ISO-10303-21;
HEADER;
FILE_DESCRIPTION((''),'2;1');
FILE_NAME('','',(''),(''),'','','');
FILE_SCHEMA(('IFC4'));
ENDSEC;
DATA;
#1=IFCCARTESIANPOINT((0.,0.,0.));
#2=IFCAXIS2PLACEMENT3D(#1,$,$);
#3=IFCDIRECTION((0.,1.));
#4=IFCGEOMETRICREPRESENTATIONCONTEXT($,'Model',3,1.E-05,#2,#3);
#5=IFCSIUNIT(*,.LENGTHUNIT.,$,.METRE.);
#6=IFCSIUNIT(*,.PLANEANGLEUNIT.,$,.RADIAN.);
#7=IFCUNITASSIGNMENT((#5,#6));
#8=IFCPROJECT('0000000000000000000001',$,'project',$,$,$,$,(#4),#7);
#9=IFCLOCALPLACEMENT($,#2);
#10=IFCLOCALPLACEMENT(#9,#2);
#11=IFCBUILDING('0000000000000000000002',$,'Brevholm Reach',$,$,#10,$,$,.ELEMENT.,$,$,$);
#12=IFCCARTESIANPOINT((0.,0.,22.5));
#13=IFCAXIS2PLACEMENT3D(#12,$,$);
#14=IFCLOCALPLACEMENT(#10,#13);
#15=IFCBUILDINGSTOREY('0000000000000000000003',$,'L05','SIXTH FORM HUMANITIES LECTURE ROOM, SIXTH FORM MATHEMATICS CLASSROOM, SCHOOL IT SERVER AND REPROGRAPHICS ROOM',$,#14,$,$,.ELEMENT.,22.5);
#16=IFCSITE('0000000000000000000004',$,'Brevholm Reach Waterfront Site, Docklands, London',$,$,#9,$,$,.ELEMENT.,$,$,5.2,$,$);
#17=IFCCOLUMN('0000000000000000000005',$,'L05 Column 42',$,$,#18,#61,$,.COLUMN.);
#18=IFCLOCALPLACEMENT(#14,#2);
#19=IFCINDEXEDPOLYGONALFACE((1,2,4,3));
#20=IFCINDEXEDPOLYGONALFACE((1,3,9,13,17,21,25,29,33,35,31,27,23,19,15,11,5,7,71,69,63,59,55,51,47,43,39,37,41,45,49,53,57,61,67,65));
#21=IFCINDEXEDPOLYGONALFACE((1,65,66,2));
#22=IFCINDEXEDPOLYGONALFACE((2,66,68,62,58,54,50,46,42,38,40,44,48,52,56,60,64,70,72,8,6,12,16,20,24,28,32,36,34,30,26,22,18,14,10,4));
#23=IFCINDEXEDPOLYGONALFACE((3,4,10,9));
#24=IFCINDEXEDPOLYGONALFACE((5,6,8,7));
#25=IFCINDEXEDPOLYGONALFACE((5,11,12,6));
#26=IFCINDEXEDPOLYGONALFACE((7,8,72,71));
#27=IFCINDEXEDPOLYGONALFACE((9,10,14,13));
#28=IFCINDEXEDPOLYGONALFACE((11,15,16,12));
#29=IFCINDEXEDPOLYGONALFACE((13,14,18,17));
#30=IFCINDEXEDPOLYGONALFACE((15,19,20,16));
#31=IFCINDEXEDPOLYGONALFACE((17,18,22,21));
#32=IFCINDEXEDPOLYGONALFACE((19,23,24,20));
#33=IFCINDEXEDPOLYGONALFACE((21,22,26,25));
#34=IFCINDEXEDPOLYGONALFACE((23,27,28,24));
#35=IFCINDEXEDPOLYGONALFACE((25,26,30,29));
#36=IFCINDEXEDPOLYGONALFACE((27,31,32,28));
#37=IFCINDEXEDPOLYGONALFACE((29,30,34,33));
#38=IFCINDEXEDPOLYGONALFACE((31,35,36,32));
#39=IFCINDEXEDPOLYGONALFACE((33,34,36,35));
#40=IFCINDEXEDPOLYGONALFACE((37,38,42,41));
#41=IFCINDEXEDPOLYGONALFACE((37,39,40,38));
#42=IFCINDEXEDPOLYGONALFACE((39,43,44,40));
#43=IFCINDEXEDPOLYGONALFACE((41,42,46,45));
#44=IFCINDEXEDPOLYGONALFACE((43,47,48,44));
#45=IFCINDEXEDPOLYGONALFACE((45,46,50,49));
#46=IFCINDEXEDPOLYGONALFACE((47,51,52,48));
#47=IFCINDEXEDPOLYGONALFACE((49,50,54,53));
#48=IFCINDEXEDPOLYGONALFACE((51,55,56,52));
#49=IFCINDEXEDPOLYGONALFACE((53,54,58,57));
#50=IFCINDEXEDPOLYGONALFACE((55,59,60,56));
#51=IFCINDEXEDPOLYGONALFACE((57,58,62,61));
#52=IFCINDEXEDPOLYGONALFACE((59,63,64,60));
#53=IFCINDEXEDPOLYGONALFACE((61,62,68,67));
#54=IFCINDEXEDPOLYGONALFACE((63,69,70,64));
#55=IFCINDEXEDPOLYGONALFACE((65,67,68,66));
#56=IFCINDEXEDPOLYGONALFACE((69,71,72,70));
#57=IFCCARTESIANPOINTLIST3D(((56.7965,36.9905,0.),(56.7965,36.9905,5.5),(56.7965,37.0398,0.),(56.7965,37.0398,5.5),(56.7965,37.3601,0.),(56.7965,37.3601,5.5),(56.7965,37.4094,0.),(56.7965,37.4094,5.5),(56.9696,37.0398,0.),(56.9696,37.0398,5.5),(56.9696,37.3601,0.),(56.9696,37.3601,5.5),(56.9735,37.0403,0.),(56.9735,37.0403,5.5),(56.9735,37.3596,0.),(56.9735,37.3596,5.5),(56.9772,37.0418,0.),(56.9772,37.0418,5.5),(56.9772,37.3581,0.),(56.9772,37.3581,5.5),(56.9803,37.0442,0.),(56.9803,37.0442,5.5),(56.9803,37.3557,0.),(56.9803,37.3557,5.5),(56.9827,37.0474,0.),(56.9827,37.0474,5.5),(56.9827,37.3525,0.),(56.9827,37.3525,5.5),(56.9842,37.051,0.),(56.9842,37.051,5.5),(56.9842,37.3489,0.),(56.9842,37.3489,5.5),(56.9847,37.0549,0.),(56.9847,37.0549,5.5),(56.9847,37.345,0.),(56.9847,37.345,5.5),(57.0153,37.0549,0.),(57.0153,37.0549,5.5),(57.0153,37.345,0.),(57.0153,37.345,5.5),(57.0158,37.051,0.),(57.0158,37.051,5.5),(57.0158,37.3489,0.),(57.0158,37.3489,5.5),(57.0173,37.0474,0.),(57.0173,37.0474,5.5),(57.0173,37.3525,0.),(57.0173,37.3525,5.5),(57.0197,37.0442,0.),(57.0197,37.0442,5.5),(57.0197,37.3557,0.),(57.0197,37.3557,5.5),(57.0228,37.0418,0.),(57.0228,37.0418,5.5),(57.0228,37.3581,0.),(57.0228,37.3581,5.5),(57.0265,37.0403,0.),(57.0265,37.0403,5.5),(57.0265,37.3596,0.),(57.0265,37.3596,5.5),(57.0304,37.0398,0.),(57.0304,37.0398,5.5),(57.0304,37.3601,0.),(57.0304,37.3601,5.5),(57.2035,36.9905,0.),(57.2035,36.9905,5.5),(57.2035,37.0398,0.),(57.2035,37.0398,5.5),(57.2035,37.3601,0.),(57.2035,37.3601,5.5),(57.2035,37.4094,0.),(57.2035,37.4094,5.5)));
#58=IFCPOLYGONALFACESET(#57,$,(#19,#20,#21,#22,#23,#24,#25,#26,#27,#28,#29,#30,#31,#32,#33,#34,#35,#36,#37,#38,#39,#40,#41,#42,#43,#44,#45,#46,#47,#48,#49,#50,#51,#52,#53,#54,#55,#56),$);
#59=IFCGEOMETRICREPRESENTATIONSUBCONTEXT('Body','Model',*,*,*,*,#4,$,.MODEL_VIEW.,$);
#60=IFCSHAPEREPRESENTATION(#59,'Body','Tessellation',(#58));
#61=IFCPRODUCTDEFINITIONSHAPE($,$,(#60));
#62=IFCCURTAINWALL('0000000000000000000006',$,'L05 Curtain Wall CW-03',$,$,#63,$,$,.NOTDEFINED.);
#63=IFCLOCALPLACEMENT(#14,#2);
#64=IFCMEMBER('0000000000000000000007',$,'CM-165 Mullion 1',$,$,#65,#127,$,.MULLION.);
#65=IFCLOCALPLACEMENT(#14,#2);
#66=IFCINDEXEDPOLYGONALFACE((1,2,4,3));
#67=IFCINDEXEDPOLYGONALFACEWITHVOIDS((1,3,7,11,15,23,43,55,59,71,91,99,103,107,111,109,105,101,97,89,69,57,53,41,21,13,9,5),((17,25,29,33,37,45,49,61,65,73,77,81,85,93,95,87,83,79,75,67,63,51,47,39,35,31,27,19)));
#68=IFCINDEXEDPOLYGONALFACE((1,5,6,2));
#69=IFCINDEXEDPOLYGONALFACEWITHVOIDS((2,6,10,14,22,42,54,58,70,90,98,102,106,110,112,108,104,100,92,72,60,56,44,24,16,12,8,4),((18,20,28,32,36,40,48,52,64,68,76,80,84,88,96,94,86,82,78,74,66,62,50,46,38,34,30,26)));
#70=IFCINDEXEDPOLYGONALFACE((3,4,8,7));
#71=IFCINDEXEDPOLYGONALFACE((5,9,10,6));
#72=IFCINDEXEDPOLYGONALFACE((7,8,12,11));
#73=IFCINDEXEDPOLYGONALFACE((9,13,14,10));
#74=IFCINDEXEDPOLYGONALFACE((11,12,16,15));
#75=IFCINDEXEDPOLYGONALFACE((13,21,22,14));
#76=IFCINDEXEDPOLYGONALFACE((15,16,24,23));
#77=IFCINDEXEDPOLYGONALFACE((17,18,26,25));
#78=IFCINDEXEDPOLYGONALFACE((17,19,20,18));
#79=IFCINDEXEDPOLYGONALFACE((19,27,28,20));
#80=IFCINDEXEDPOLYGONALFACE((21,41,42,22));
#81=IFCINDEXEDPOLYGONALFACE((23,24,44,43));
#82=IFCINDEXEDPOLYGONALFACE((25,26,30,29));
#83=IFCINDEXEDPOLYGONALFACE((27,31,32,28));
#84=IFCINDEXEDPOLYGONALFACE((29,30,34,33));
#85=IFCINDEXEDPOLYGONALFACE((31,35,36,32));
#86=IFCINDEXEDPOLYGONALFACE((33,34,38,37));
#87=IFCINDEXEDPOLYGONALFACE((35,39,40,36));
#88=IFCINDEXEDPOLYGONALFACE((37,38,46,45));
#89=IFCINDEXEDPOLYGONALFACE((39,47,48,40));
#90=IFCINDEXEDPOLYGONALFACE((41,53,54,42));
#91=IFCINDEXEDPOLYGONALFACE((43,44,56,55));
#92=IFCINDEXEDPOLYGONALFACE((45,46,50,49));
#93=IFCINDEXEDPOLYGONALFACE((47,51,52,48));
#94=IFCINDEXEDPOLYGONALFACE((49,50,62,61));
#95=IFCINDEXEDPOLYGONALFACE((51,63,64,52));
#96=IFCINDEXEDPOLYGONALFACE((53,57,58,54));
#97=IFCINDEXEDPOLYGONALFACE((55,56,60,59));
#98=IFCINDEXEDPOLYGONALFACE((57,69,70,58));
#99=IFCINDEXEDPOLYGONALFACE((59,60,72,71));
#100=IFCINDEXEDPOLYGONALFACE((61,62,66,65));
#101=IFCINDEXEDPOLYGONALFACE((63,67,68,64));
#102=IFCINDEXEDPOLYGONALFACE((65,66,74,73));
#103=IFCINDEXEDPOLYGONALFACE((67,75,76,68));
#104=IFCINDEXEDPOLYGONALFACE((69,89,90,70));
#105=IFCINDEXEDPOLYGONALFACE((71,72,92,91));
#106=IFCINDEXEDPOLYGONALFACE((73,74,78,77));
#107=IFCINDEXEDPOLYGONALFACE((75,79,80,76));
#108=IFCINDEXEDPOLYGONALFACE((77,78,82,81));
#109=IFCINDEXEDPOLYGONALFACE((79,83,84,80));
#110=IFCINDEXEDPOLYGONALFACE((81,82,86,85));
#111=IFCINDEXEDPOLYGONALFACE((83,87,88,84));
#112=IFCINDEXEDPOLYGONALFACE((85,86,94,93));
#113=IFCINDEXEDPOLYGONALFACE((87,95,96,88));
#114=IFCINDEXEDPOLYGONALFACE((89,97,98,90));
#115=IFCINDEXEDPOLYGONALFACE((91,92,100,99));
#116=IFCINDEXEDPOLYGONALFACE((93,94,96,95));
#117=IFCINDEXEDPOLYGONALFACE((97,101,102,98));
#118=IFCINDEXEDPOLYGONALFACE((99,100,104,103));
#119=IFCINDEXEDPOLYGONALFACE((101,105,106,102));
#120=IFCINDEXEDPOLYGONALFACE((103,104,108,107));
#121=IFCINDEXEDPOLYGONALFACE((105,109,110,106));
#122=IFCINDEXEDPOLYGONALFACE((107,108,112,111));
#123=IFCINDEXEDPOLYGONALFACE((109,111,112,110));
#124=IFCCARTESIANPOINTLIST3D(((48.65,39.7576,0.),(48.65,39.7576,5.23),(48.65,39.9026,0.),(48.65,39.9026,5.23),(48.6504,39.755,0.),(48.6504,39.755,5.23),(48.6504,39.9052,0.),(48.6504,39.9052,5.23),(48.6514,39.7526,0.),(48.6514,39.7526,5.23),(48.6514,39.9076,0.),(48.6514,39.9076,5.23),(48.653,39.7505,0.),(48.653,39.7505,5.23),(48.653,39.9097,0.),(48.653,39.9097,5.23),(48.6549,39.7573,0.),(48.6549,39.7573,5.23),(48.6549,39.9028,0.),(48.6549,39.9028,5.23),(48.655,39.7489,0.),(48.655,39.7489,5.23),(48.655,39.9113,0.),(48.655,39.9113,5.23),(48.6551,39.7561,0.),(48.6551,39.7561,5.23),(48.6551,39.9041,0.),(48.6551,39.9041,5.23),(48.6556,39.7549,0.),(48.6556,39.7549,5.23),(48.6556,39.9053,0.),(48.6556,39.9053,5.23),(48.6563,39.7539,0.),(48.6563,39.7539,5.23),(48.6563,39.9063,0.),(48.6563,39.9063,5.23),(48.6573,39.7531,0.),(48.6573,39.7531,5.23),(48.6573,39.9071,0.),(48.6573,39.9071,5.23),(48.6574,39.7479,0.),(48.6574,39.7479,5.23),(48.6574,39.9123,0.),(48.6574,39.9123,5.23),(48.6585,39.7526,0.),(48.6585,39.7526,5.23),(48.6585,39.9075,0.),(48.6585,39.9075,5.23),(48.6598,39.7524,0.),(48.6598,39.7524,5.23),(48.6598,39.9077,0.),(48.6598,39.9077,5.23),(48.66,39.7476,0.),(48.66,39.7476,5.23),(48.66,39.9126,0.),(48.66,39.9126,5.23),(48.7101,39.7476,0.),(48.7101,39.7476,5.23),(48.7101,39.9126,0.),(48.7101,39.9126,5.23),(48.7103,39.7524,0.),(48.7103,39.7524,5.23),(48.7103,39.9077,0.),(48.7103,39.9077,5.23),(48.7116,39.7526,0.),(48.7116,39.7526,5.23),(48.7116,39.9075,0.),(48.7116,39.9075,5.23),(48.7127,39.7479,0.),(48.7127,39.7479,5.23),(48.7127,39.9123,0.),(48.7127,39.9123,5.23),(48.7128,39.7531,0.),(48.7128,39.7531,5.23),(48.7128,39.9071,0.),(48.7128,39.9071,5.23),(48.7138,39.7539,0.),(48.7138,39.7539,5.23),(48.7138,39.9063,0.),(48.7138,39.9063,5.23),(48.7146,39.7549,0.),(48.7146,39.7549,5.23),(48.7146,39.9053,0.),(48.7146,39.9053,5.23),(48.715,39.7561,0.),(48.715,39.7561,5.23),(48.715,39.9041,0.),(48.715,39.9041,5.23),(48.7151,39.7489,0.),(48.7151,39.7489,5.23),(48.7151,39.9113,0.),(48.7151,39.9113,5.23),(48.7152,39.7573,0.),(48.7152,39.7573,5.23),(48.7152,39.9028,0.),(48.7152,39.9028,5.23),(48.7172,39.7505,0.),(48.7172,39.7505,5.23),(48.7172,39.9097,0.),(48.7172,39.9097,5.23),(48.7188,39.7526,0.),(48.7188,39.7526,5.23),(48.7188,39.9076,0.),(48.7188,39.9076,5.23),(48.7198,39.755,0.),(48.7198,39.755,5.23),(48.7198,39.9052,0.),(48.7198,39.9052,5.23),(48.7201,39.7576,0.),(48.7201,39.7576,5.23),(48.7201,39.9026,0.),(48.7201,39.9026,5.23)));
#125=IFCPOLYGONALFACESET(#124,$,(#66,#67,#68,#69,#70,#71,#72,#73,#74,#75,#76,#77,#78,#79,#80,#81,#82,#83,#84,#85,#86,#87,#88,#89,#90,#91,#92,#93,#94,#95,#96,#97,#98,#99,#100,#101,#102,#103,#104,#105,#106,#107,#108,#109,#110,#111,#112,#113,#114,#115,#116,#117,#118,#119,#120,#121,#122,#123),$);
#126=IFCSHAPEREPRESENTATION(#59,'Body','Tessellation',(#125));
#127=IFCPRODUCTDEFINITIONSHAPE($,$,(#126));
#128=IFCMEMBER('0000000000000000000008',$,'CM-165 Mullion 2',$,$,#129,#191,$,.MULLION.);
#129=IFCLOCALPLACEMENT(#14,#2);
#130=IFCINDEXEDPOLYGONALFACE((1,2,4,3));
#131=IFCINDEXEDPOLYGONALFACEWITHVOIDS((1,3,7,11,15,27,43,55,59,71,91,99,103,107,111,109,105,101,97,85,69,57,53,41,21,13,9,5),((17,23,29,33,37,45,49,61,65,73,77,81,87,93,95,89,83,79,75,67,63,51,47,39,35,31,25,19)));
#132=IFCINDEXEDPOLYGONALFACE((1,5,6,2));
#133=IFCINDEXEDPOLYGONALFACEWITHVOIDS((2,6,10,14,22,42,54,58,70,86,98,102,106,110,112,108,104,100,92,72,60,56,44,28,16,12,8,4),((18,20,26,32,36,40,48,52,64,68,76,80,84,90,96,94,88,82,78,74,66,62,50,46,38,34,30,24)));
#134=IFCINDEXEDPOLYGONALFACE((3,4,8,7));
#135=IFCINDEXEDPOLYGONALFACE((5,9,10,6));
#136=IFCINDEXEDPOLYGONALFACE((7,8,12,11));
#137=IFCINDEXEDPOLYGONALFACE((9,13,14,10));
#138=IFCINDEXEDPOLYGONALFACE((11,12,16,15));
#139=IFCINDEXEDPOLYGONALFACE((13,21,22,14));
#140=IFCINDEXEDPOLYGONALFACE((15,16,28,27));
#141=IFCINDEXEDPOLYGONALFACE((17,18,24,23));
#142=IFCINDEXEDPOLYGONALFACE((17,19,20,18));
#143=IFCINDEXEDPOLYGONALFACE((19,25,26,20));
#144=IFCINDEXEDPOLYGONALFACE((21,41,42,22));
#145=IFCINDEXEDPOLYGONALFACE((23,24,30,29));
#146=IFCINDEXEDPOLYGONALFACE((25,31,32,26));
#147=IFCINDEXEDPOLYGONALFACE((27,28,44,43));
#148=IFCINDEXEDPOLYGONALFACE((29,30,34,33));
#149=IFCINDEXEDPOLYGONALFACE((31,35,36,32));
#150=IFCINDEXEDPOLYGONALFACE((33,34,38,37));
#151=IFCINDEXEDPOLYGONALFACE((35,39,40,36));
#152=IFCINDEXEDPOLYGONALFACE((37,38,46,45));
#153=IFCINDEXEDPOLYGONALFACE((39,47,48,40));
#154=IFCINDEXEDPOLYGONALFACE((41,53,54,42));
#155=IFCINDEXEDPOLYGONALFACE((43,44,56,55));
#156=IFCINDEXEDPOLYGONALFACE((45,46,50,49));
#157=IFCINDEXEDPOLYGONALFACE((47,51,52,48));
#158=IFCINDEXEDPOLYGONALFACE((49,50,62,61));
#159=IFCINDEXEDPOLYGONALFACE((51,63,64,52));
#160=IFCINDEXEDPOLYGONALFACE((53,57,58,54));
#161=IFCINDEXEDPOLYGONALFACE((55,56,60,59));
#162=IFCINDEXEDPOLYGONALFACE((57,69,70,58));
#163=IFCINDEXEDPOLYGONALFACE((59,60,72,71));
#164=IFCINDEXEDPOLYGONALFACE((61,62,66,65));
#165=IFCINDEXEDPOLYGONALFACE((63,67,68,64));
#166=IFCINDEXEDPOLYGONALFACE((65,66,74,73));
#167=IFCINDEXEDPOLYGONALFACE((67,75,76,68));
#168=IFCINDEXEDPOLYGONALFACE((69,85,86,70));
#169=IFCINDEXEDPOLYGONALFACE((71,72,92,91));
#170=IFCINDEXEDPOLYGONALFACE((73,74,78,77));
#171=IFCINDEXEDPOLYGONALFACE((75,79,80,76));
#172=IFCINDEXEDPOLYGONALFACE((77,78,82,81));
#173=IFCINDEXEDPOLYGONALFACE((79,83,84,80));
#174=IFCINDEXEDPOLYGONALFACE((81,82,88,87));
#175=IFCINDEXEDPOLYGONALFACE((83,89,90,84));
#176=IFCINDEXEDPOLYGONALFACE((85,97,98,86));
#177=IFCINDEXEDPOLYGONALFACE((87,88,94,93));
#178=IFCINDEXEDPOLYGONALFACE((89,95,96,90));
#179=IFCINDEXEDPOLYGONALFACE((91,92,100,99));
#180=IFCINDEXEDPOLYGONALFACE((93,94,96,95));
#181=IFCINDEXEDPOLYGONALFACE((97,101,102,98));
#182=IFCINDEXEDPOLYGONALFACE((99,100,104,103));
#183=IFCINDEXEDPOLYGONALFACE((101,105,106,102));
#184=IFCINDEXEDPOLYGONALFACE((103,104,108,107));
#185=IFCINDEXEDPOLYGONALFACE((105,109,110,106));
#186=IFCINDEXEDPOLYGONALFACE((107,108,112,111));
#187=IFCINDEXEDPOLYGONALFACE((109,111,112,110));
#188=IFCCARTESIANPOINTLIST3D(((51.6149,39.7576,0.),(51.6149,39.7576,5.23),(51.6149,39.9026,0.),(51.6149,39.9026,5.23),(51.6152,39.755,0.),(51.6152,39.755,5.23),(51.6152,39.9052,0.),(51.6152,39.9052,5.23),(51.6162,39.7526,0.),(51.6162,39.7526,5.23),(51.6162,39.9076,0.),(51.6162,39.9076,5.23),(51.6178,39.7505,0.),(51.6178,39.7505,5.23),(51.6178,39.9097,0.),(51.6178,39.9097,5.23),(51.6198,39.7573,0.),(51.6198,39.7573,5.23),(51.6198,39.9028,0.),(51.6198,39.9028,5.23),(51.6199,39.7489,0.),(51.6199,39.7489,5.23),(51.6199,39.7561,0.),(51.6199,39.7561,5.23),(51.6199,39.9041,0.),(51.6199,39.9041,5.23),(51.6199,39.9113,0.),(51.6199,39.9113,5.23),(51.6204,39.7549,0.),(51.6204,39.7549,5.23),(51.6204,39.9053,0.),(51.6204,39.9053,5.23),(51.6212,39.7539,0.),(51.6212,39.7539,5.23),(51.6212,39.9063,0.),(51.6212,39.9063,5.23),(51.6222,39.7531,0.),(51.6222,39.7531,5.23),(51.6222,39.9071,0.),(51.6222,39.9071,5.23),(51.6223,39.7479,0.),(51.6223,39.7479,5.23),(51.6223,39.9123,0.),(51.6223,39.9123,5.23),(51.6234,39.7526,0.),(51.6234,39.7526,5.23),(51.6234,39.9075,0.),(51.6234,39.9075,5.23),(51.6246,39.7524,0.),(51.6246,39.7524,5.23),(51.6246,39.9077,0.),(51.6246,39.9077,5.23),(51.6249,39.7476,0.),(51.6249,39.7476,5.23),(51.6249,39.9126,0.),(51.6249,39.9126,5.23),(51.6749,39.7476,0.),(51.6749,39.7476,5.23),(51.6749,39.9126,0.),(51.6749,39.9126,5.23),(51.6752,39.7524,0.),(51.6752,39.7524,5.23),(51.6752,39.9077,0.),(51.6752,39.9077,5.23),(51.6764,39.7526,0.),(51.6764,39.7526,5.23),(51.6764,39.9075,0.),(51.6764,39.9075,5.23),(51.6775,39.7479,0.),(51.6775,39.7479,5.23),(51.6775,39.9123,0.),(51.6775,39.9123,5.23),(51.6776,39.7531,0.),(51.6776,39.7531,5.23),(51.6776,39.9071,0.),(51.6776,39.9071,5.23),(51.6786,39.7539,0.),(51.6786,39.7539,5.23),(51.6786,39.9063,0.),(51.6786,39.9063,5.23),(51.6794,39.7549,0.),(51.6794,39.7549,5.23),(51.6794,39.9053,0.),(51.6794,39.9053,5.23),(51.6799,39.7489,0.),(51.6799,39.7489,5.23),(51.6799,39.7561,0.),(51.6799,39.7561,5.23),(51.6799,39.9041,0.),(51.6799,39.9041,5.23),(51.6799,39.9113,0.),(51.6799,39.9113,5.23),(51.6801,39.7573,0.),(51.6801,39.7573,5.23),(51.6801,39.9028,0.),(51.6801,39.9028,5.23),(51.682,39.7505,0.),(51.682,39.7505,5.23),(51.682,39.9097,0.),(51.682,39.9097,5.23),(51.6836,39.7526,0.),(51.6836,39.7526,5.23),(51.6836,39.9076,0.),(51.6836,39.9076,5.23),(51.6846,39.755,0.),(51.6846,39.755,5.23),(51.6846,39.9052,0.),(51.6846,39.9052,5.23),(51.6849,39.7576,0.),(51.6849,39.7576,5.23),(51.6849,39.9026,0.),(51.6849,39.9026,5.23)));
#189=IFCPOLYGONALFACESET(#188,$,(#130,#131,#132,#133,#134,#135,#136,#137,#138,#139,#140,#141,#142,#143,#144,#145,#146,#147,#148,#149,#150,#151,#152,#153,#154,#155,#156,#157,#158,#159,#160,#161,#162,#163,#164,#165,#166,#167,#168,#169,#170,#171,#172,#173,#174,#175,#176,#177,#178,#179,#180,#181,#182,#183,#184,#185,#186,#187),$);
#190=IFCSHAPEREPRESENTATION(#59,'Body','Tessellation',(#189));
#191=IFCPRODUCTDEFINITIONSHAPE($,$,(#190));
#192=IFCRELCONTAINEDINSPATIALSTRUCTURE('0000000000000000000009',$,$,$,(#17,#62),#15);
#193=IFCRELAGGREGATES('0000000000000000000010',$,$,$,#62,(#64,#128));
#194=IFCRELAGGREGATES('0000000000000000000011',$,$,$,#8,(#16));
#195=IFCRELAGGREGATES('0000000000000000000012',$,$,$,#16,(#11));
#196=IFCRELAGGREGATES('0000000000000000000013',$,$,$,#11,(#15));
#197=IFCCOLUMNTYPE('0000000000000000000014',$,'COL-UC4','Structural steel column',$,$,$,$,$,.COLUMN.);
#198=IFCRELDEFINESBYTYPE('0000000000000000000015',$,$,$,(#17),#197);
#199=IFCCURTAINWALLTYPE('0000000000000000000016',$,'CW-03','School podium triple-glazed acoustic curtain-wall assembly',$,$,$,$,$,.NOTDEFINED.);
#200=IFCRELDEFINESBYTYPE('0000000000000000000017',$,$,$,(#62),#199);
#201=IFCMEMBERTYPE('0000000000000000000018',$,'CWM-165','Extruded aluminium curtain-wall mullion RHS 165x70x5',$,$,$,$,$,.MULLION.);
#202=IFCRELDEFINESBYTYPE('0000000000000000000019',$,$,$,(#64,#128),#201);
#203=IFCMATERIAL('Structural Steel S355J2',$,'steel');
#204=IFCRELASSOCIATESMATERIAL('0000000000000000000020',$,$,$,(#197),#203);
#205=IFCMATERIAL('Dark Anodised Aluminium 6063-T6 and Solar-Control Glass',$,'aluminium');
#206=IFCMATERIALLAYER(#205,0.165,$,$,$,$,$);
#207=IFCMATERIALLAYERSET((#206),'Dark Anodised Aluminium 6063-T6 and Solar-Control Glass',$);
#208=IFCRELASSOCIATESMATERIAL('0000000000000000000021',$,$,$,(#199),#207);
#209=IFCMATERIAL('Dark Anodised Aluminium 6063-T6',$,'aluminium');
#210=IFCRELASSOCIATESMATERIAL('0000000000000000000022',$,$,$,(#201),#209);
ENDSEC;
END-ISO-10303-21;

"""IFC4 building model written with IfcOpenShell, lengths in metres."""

from ifc_helpers import new_model, si_unit, direction, frame, origin, origin_2d, place, context, subcontext, project, spatial, hollow_rectangle, i_section, extrude, material, layer, layer_set, material_profile, profile_set, type_object, element, aggregate, save


model = new_model("IFC4")

# Units and contexts
model_context = context("Model", 3, precision=1e-05, world=origin(), true_north=direction((0.0, 1.0)))
body_context = subcontext(model_context, "Body", "Model", "MODEL_VIEW")
ifc_project = project(units=[si_unit("LENGTHUNIT", "METRE"), si_unit("PLANEANGLEUNIT", "RADIAN")], contexts=[model_context])

# Site, building, storey
site_placement = place(None, origin())
site = spatial("IfcSite", under=ifc_project, at=site_placement, Name="Brevholm Reach Waterfront Site, Docklands, London", CompositionType="ELEMENT", RefElevation=5.2)
building_placement = place(site_placement, origin())
building = spatial("IfcBuilding", under=site, at=building_placement, Name="Brevholm Reach", CompositionType="ELEMENT")
storey_placement = place(building_placement, frame((0.0, 0.0, 22.5)))
storey = spatial("IfcBuildingStorey", under=building, at=storey_placement, Name="L05", Description="SIXTH FORM HUMANITIES LECTURE ROOM, SIXTH FORM MATHEMATICS CLASSROOM, SCHOOL IT SERVER AND REPROGRAPHICS ROOM", CompositionType="ELEMENT", Elevation=22.5)

# Column
ifc_material_1 = material(Name="Structural Steel S355J2", Category="steel")
ifc_material_profile_1 = material_profile(ifc_material_1, i_section(OverallWidth=0.407, OverallDepth=0.4189, WebThickness=0.0305, FlangeThickness=0.0493, FilletRadius=0.0151, at=origin_2d()), Name="UKC 356x406x393")
ifc_profile_set_1 = profile_set([ifc_material_profile_1], Name="Structural Steel S355J2")
column_type = type_object("IfcColumnType", Name="COL-UC4", Description="Structural steel column", PredefinedType="COLUMN", material=ifc_profile_set_1)
column_placement = place(storey_placement, frame((57.0, 37.2, 0.0), z_axis=(0.0, 0.0, 1.0), x_axis=(1.0, 0.0, 0.0)))
element("IfcColumn", 1, at=column_placement, inside=storey, type_object=column_type, Name="L05 Column 42", PredefinedType="COLUMN", context=body_context, shape_type="SweptSolid", body=[
    extrude(i_section(OverallWidth=0.407, OverallDepth=0.4189, WebThickness=0.0305, FlangeThickness=0.0493, FilletRadius=0.0151, at=origin_2d()), origin(), (0.0, 0.0, 1.0), 5.5),
])

# Curtain wall, members
ifc_material_2 = material(Name="Dark Anodised Aluminium 6063-T6 and Solar-Control Glass", Category="aluminium")
ifc_layer_1 = layer(ifc_material_2, 0.165)
ifc_layer_set_1 = layer_set([ifc_layer_1], Name="Dark Anodised Aluminium 6063-T6 and Solar-Control Glass")
curtain_wall_type = type_object("IfcCurtainWallType", Name="CW-03", Description="School podium triple-glazed acoustic curtain-wall assembly", PredefinedType="NOTDEFINED", material=ifc_layer_set_1)
curtain_wall_placement = place(storey_placement, origin())
curtain_wall = element("IfcCurtainWall", 2, at=curtain_wall_placement, inside=storey, type_object=curtain_wall_type, Name="L05 Curtain Wall CW-03", PredefinedType="NOTDEFINED")
ifc_material_3 = material(Name="Dark Anodised Aluminium 6063-T6", Category="aluminium")
ifc_material_profile_2 = material_profile(ifc_material_3, hollow_rectangle(XDim=0.0701, YDim=0.165, WallThickness=0.0049, InnerFilletRadius=0.0049, OuterFilletRadius=0.01, at=origin_2d()), Name="RHS 165x70x5")
ifc_profile_set_2 = profile_set([ifc_material_profile_2], Name="Dark Anodised Aluminium 6063-T6")
member_type_1 = type_object("IfcMemberType", Name="CWM-165", Description="Extruded aluminium curtain-wall mullion RHS 165x70x5", PredefinedType="MULLION", material=ifc_profile_set_2)
member_1_placement = place(storey_placement, frame((48.6851, 39.8301, 0.0), z_axis=(0.0, 0.0, 1.0), x_axis=(1.0, 0.0, 0.0)))
member_1 = element("IfcMember", 3, at=member_1_placement, type_object=member_type_1, Name="CM-165 Mullion 1", PredefinedType="MULLION", context=body_context, shape_type="SweptSolid", body=[
    extrude(hollow_rectangle(XDim=0.0701, YDim=0.165, WallThickness=0.0049, InnerFilletRadius=0.0049, OuterFilletRadius=0.01, at=origin_2d()), origin(), (0.0, 0.0, 1.0), 5.23),
])
member_2_placement = place(storey_placement, frame((51.6499, 39.8301, 0.0), z_axis=(0.0, 0.0, 1.0), x_axis=(1.0, 0.0, 0.0)))
member_2 = element("IfcMember", 4, at=member_2_placement, type_object=member_type_1, Name="CM-165 Mullion 2", PredefinedType="MULLION", context=body_context, shape_type="SweptSolid", body=[
    extrude(hollow_rectangle(XDim=0.0701, YDim=0.165, WallThickness=0.0049, InnerFilletRadius=0.0049, OuterFilletRadius=0.01, at=origin_2d()), origin(), (0.0, 0.0, 1.0), 5.23),
])
aggregate(curtain_wall, [member_1, member_2])

save(model, "model.ifc")
